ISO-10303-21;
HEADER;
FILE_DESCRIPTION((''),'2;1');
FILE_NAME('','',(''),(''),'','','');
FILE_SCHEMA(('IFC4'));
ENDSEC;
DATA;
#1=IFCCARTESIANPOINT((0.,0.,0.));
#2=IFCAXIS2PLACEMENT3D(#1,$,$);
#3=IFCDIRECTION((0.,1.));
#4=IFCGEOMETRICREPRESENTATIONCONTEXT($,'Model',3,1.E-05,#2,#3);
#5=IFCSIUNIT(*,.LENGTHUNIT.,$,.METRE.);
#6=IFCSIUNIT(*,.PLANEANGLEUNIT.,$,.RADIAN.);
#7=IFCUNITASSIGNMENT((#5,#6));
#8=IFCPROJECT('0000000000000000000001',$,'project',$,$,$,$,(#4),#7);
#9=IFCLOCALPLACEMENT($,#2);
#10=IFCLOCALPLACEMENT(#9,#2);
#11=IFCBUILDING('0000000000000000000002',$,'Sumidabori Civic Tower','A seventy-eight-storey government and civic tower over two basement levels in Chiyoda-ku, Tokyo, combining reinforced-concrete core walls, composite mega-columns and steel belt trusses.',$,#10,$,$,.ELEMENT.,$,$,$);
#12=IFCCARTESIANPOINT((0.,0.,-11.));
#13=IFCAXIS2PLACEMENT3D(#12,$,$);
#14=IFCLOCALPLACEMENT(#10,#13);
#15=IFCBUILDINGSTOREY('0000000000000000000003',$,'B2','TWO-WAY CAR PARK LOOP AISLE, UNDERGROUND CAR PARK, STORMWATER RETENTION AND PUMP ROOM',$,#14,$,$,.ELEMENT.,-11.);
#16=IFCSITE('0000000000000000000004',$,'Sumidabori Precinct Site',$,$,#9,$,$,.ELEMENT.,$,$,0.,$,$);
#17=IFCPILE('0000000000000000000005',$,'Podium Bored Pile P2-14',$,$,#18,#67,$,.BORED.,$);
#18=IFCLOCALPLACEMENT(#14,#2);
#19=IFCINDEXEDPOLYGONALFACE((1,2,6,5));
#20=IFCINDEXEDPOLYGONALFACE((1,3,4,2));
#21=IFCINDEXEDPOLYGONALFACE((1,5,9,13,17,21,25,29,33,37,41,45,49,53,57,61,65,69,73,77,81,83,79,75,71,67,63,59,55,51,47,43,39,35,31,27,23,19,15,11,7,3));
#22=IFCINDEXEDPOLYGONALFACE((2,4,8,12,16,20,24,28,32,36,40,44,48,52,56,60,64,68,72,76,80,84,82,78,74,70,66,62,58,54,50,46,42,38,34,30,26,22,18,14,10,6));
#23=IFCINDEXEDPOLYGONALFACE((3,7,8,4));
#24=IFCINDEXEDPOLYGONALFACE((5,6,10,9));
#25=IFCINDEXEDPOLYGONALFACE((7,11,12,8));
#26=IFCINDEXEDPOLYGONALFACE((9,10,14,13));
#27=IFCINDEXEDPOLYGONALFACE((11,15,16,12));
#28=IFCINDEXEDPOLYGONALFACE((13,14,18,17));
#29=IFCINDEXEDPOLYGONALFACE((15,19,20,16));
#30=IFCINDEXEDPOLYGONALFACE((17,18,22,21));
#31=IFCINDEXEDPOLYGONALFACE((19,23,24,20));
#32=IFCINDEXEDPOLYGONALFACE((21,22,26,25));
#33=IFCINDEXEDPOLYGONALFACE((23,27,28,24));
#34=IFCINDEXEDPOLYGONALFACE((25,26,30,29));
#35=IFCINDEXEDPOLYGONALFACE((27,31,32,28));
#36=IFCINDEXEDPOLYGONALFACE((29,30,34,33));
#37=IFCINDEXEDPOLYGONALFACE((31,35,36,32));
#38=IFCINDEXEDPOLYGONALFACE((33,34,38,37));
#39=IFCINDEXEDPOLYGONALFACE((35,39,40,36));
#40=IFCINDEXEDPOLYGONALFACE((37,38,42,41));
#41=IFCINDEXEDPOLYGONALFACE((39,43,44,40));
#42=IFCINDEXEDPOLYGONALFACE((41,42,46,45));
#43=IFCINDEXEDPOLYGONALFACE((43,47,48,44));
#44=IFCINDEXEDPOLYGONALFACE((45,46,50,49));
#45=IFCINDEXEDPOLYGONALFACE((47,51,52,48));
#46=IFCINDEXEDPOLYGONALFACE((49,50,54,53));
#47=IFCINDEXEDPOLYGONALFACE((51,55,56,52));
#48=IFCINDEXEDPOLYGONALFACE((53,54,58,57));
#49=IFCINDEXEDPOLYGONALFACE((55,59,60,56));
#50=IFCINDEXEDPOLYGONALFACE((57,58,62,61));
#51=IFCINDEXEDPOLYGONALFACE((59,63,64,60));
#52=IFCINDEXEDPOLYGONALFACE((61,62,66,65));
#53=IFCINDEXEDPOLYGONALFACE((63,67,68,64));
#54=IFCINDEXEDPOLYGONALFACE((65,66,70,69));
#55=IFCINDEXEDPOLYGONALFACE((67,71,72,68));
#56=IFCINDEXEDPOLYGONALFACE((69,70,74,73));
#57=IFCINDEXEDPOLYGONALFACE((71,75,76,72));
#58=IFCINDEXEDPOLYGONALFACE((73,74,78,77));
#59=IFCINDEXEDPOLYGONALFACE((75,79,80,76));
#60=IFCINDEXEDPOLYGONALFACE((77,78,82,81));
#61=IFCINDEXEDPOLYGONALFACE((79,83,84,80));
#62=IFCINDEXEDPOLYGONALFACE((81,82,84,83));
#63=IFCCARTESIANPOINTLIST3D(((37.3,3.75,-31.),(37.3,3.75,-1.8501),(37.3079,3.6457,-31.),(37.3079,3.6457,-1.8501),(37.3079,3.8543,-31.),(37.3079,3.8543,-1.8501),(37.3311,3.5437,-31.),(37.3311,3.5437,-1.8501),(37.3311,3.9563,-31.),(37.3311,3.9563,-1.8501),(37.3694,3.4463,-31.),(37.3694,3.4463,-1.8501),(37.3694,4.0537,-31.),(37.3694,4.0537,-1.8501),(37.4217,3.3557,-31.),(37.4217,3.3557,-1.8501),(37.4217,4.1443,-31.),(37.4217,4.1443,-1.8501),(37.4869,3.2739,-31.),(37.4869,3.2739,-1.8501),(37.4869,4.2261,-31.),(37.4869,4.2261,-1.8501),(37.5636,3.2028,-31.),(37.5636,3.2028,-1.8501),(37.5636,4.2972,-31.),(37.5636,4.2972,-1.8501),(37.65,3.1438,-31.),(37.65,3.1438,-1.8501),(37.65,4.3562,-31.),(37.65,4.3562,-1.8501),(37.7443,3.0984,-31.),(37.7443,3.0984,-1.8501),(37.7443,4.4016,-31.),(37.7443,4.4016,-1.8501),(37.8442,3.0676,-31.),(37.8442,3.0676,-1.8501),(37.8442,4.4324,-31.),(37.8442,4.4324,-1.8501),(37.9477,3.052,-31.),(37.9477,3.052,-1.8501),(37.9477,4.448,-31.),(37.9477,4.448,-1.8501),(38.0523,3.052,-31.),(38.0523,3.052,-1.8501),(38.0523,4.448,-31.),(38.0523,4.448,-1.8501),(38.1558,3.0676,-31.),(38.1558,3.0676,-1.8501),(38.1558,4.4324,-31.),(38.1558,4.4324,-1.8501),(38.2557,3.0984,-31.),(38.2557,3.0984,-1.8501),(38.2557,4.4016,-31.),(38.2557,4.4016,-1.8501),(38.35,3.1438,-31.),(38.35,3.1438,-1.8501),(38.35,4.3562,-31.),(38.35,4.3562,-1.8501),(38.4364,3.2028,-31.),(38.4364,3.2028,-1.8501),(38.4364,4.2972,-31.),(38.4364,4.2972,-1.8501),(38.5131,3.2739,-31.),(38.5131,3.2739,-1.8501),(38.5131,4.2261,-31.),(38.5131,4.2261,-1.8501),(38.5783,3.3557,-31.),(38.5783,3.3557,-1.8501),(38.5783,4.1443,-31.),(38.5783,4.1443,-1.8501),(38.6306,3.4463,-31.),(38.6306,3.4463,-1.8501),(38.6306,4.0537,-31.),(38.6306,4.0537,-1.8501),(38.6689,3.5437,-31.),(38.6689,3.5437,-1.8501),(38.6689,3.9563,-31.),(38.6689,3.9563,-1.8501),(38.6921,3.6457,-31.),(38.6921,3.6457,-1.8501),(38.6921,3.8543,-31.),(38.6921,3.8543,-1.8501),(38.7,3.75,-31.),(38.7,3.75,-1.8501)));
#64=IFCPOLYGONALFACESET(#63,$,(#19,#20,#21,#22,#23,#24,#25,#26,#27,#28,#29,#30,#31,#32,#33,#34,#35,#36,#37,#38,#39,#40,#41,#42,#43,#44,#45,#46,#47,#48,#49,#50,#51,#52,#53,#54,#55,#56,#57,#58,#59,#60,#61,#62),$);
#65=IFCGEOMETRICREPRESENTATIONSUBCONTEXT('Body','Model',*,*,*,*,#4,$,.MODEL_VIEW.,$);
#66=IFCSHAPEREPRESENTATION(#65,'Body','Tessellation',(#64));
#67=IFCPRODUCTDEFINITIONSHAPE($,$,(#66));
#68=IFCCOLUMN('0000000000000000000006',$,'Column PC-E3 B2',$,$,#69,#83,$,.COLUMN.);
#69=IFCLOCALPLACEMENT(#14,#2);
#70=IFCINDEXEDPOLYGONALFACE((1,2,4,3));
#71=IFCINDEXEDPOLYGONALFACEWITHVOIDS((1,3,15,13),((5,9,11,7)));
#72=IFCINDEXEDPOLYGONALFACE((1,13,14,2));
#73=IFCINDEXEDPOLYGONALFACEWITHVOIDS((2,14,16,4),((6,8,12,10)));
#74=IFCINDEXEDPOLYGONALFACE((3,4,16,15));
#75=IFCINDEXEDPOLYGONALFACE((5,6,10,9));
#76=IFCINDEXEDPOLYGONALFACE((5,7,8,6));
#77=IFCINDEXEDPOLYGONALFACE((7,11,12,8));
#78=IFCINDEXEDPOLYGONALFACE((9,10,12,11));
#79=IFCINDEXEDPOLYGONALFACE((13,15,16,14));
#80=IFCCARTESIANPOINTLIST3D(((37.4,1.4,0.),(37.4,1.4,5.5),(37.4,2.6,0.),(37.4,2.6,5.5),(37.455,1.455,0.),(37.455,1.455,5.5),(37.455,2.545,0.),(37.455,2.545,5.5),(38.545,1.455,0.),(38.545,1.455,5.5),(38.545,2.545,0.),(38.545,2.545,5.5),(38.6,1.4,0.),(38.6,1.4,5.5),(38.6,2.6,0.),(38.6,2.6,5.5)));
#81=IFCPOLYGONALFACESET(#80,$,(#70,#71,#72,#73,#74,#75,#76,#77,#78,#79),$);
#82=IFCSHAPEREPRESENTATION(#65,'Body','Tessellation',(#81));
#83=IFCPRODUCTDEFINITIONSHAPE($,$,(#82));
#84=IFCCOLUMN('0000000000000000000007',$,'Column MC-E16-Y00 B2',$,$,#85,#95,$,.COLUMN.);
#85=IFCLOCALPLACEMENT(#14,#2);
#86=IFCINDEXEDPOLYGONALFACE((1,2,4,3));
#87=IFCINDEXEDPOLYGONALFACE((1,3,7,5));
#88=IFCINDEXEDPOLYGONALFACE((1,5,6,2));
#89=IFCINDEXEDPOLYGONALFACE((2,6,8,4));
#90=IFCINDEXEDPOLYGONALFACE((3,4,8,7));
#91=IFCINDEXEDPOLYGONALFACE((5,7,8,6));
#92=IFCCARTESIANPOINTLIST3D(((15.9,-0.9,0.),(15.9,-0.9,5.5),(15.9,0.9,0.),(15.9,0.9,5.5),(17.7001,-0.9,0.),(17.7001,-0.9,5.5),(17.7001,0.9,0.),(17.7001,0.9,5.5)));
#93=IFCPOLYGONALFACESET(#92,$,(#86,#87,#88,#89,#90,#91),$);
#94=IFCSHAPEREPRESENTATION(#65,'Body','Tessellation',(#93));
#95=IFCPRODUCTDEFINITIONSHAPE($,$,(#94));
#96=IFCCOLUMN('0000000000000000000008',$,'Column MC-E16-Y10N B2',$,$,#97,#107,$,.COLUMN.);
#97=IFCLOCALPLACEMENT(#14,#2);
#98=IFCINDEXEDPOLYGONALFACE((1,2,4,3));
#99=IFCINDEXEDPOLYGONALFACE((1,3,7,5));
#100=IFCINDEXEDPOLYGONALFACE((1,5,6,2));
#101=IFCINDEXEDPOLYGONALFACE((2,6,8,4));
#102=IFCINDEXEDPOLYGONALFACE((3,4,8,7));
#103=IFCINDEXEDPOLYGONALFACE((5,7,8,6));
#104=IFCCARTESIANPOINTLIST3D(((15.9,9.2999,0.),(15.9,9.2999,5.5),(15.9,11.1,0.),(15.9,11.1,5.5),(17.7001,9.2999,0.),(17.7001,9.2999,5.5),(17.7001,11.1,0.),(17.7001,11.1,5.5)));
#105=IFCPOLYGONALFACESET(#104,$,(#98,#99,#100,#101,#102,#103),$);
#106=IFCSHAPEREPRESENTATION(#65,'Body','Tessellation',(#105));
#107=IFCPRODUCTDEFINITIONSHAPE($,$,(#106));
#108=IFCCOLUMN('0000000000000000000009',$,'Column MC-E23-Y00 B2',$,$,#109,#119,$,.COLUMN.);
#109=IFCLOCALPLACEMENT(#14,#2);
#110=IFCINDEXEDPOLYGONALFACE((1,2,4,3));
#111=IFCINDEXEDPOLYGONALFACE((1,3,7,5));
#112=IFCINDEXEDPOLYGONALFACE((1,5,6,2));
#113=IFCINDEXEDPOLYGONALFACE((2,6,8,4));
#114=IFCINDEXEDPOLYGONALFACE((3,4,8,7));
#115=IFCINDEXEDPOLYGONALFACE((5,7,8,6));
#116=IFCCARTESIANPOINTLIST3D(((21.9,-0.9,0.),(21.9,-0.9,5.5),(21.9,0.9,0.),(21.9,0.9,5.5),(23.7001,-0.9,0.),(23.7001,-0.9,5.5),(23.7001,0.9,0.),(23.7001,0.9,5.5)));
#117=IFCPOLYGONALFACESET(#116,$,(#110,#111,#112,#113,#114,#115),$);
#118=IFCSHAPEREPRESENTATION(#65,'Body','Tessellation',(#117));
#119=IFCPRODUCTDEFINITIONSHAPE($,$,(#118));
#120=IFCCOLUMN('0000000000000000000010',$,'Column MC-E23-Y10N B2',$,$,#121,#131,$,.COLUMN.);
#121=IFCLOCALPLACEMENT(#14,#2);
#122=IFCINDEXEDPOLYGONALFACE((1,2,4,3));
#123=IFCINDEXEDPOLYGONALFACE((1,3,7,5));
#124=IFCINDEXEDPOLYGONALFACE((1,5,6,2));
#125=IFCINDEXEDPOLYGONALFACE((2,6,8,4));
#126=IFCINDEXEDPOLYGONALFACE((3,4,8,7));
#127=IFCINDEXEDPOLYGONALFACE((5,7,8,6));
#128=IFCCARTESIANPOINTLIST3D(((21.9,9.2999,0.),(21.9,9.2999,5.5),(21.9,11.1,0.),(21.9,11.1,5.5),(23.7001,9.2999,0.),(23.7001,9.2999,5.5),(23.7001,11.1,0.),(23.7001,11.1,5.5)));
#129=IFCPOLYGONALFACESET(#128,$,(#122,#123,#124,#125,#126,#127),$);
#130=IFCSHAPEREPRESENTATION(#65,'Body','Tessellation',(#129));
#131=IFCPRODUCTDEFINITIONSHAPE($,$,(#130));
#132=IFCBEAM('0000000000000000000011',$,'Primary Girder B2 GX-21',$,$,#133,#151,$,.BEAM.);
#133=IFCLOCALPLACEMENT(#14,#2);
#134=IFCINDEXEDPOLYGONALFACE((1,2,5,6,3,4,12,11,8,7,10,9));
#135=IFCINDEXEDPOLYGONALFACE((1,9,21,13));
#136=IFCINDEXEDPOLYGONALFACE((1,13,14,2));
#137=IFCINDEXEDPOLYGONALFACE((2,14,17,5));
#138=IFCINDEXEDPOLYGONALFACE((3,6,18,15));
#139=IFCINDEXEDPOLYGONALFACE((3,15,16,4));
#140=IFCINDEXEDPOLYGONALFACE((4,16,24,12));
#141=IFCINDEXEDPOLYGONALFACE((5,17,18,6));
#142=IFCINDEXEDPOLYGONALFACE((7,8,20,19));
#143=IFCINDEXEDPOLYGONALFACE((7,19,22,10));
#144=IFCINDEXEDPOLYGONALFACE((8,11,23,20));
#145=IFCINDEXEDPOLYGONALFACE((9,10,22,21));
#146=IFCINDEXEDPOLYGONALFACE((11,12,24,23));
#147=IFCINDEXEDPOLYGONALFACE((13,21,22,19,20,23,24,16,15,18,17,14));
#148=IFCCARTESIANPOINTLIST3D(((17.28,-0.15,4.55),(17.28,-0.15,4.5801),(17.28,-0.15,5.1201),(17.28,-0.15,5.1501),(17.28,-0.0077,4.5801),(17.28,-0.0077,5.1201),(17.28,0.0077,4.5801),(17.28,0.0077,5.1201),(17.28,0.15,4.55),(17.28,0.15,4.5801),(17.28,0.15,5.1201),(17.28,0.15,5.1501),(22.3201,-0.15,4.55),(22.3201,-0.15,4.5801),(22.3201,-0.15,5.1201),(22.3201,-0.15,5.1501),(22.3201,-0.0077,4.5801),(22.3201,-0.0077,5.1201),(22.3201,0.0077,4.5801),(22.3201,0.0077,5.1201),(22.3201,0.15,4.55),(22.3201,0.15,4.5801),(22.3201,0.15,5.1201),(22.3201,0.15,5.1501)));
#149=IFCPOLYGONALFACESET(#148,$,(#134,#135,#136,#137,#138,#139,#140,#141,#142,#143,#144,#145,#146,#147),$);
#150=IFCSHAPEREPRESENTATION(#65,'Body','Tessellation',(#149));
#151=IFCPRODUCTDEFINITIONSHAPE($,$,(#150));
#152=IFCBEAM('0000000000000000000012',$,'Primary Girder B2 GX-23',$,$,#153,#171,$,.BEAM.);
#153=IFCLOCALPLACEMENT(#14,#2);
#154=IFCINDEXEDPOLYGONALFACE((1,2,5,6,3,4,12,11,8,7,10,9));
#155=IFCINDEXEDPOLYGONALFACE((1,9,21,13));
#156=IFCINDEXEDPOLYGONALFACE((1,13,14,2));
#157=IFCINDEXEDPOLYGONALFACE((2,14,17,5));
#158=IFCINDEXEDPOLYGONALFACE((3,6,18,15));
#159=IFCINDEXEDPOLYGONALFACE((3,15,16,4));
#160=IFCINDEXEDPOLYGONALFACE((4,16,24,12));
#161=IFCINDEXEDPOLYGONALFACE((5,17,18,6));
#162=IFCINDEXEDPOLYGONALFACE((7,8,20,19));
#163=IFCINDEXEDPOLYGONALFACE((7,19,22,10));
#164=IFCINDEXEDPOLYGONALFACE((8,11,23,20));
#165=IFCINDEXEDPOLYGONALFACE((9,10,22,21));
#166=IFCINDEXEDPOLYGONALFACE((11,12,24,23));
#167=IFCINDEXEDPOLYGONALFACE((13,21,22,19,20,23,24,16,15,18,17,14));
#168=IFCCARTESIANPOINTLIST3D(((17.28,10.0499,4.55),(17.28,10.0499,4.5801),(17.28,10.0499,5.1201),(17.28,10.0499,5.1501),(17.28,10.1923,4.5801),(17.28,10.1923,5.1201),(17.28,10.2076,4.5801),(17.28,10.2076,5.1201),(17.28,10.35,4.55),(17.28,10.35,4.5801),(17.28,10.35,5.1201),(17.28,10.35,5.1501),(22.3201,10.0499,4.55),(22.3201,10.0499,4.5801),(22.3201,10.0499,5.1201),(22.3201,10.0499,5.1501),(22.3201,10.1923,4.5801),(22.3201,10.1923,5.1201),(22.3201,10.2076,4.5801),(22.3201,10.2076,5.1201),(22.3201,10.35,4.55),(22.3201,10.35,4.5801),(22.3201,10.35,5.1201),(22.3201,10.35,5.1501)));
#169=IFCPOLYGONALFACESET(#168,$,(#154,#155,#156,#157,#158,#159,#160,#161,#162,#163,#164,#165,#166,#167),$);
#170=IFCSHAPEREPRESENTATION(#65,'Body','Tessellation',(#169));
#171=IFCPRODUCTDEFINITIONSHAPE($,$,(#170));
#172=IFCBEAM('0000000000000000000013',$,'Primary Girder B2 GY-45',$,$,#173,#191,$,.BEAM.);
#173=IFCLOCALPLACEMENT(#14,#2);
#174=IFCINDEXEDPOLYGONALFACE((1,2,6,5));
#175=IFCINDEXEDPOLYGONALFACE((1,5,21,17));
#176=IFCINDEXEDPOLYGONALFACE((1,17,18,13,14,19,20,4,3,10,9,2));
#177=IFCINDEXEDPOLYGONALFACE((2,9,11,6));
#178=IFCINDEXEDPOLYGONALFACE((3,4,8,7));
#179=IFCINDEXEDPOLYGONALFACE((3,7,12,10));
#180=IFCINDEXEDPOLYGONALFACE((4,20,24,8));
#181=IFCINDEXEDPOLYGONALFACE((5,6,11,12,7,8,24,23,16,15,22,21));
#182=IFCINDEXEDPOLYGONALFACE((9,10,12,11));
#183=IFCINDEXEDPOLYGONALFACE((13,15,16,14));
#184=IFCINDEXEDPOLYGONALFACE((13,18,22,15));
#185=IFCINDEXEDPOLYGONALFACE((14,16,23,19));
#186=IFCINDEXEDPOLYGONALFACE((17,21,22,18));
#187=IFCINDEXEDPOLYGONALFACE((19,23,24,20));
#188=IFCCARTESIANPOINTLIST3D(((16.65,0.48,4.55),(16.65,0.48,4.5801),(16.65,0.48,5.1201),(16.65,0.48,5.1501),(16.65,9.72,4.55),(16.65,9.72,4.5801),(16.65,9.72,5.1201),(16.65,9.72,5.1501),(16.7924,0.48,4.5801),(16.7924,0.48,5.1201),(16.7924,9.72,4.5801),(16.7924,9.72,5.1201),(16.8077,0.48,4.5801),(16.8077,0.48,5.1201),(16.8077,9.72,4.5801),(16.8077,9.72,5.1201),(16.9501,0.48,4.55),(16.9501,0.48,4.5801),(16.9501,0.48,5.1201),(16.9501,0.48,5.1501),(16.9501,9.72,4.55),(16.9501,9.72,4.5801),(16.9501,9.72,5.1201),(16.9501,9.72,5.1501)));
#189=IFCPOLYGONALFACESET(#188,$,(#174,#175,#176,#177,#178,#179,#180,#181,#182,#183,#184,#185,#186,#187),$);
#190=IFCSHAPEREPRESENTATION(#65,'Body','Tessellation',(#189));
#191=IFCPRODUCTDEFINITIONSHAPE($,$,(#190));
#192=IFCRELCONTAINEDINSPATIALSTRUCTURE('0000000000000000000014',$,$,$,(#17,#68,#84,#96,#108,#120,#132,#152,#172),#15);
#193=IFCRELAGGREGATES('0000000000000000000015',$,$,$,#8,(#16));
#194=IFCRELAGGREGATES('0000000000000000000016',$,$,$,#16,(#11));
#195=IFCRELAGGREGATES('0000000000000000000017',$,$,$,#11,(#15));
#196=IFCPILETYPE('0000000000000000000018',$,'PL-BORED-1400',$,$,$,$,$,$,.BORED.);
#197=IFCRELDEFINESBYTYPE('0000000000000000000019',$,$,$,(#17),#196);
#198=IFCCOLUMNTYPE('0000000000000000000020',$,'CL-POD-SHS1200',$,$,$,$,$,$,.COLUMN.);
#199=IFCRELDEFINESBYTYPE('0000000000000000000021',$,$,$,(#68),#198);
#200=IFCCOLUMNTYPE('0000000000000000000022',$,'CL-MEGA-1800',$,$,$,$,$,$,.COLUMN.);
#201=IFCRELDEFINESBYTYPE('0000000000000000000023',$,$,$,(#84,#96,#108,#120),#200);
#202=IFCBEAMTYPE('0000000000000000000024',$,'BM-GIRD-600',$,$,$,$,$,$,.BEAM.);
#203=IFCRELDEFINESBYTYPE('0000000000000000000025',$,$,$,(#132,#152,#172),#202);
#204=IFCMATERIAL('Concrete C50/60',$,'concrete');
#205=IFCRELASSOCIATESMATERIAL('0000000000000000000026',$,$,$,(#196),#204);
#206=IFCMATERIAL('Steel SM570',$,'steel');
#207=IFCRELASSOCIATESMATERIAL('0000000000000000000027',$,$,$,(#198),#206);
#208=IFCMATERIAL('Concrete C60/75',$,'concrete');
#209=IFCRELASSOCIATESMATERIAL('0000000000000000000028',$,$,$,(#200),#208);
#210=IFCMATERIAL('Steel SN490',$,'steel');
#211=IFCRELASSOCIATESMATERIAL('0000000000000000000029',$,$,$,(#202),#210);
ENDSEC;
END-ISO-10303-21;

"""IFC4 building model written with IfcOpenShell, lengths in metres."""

from ifc_helpers import new_model, si_unit, direction, frame, origin, origin_2d, place, context, subcontext, project, spatial, rectangle, hollow_rectangle, circle, i_section, extrude, source, transform, mapped, material, material_profile, profile_set, type_object, element, save


model = new_model("IFC4")

# Units and contexts
model_context = context("Model", 3, precision=1e-05, world=origin(), true_north=direction((0.0, 1.0)))
body_context = subcontext(model_context, "Body", "Model", "MODEL_VIEW")
ifc_project = project(units=[si_unit("LENGTHUNIT", "METRE"), si_unit("PLANEANGLEUNIT", "RADIAN")], contexts=[model_context])

# Site, building, storey
site_placement = place(None, origin())
site = spatial("IfcSite", under=ifc_project, at=site_placement, Name="Sumidabori Precinct Site", CompositionType="ELEMENT", RefElevation=0.0)
building_placement = place(site_placement, origin())
building = spatial("IfcBuilding", under=site, at=building_placement, Name="Sumidabori Civic Tower", Description="A seventy-eight-storey government and civic tower over two basement levels in Chiyoda-ku, Tokyo, combining reinforced-concrete core walls, composite mega-columns and steel belt trusses.", CompositionType="ELEMENT")
storey_placement = place(building_placement, frame((0.0, 0.0, -11.0)))
storey = spatial("IfcBuildingStorey", under=building, at=storey_placement, Name="B2", Description="TWO-WAY CAR PARK LOOP AISLE, UNDERGROUND CAR PARK, STORMWATER RETENTION AND PUMP ROOM", CompositionType="ELEMENT", Elevation=-11.0)

# Shared definitions
ifc_material_1 = material(Name="Concrete C50/60", Category="concrete")

# Pile
ifc_material_profile_1 = material_profile(ifc_material_1, circle(Radius=0.7, at=origin_2d()), Name="BORED PILE 1400")
ifc_profile_set_1 = profile_set([ifc_material_profile_1], Name="Concrete C50/60")
pile_type_1 = type_object("IfcPileType", Name="PL-BORED-1400", PredefinedType="BORED", material=ifc_profile_set_1)
shared_shape_1 = source(origin(), body_context, "Body", "SweptSolid", [
    extrude(circle(Radius=0.7, at=origin_2d()), origin(), (0.0, 0.0, 1.0), 29.1499),
])
for number, where, z_axis, x_axis, name in (
    (1, (38.0, 3.75, -1.8501), (0.0, 0.0, -1.0), (1.0, 0.0, 0.0), "Podium Bored Pile P2-14"),
):
    element("IfcPile", number, at=place(storey_placement, frame(where, z_axis=z_axis, x_axis=x_axis)), inside=storey, type_object=pile_type_1, Name=name, PredefinedType="BORED", context=body_context, shape_type="MappedRepresentation", body=[
        mapped(shared_shape_1, transform((0.0, 0.0, 0.0), x_axis=(1.0, 0.0, 0.0), y_axis=(0.0, 1.0, 0.0), z_axis=(0.0, 0.0, 1.0), scale=1.0)),
    ])

# Columns
ifc_material_2 = material(Name="Steel SM570", Category="steel")
ifc_material_profile_2 = material_profile(ifc_material_2, hollow_rectangle(XDim=1.2, YDim=1.2, WallThickness=0.0549, at=origin_2d()), Name="SHS 1200x1200x55")
ifc_profile_set_2 = profile_set([ifc_material_profile_2], Name="Steel SM570")
column_type_1 = type_object("IfcColumnType", Name="CL-POD-SHS1200", PredefinedType="COLUMN", material=ifc_profile_set_2)
shared_shape_2 = source(origin(), body_context, "Body", "SweptSolid", [
    extrude(hollow_rectangle(XDim=1.2, YDim=1.2, WallThickness=0.0549, at=origin_2d()), origin(), (0.0, 0.0, 1.0), 5.5),
])
column_placement = place(storey_placement, frame((38.0, 2.0, 0.0), z_axis=(0.0, 0.0, 1.0), x_axis=(1.0, 0.0, 0.0)))
element("IfcColumn", 2, at=column_placement, inside=storey, type_object=column_type_1, Name="Column PC-E3 B2", PredefinedType="COLUMN", context=body_context, shape_type="MappedRepresentation", body=[
    mapped(shared_shape_2, transform((0.0, 0.0, 0.0), x_axis=(1.0, 0.0, 0.0), y_axis=(0.0, 1.0, 0.0), z_axis=(0.0, 0.0, 1.0), scale=1.0)),
])
ifc_material_3 = material(Name="Concrete C60/75", Category="concrete")
ifc_material_profile_3 = material_profile(ifc_material_3, rectangle(XDim=1.8, YDim=1.8, at=origin_2d()), Name="RC 1800x1800")
ifc_profile_set_3 = profile_set([ifc_material_profile_3], Name="Concrete C60/75")
column_type_2 = type_object("IfcColumnType", Name="CL-MEGA-1800", PredefinedType="COLUMN", material=ifc_profile_set_3)
shared_shape_3 = source(origin(), body_context, "Body", "SweptSolid", [
    extrude(rectangle(XDim=1.8, YDim=1.8, at=origin_2d()), origin(), (0.0, 0.0, 1.0), 5.5),
])
for number, where, z_axis, x_axis, name in (
    (3, (16.8, 0.0, 0.0), (0.0, 0.0, 1.0), (1.0, 0.0, 0.0), "Column MC-E16-Y00 B2"),
    (4, (16.8, 10.2, 0.0), (0.0, 0.0, 1.0), (1.0, 0.0, 0.0), "Column MC-E16-Y10N B2"),
    (5, (22.8, 0.0, 0.0), (0.0, 0.0, 1.0), (1.0, 0.0, 0.0), "Column MC-E23-Y00 B2"),
    (6, (22.8, 10.2, 0.0), (0.0, 0.0, 1.0), (1.0, 0.0, 0.0), "Column MC-E23-Y10N B2"),
):
    element("IfcColumn", number, at=place(storey_placement, frame(where, z_axis=z_axis, x_axis=x_axis)), inside=storey, type_object=column_type_2, Name=name, PredefinedType="COLUMN", context=body_context, shape_type="MappedRepresentation", body=[
        mapped(shared_shape_3, transform((0.0, 0.0, 0.0), x_axis=(1.0, 0.0, 0.0), y_axis=(0.0, 1.0, 0.0), z_axis=(0.0, 0.0, 1.0), scale=1.0)),
    ])

# Beams
ifc_material_4 = material(Name="Steel SN490", Category="steel")
ifc_material_profile_4 = material_profile(ifc_material_4, i_section(OverallWidth=0.3, OverallDepth=0.6001, WebThickness=0.0154, FlangeThickness=0.03, at=origin_2d()), Name="HE 600 B")
ifc_profile_set_4 = profile_set([ifc_material_profile_4], Name="Steel SN490")
beam_type_1 = type_object("IfcBeamType", Name="BM-GIRD-600", PredefinedType="BEAM", material=ifc_profile_set_4)
shared_shape_4 = source(origin(), body_context, "Body", "SweptSolid", [
    extrude(i_section(OverallWidth=0.3, OverallDepth=0.6001, WebThickness=0.0154, FlangeThickness=0.03, at=origin_2d()), origin(), (0.0, 0.0, 1.0), 5.04),
])
for number, where, z_axis, x_axis, name in (
    (7, (17.28, 0.0, 4.8501), (1.0, 0.0, 0.0), (0.0, 1.0, 0.0), "Primary Girder B2 GX-21"),
    (8, (17.28, 10.2, 4.8501), (1.0, 0.0, 0.0), (0.0, 1.0, 0.0), "Primary Girder B2 GX-23"),
):
    element("IfcBeam", number, at=place(storey_placement, frame(where, z_axis=z_axis, x_axis=x_axis)), inside=storey, type_object=beam_type_1, Name=name, PredefinedType="BEAM", context=body_context, shape_type="MappedRepresentation", body=[
        mapped(shared_shape_4, transform((0.0, 0.0, 0.0), x_axis=(1.0, 0.0, 0.0), y_axis=(0.0, 1.0, 0.0), z_axis=(0.0, 0.0, 1.0), scale=1.0)),
    ])
shared_shape_5 = source(origin(), body_context, "Body", "SweptSolid", [
    extrude(i_section(OverallWidth=0.3, OverallDepth=0.6001, WebThickness=0.0154, FlangeThickness=0.03, at=origin_2d()), origin(), (0.0, 0.0, 1.0), 9.24),
])
for number, where, z_axis, x_axis, name in (
    (9, (16.8, 0.48, 4.8501), (0.0, 1.0, 0.0), (-1.0, 0.0, 0.0), "Primary Girder B2 GY-45"),
):
    element("IfcBeam", number, at=place(storey_placement, frame(where, z_axis=z_axis, x_axis=x_axis)), inside=storey, type_object=beam_type_1, Name=name, PredefinedType="BEAM", context=body_context, shape_type="MappedRepresentation", body=[
        mapped(shared_shape_5, transform((0.0, 0.0, 0.0), x_axis=(1.0, 0.0, 0.0), y_axis=(0.0, 1.0, 0.0), z_axis=(0.0, 0.0, 1.0), scale=1.0)),
    ])

save(model, "model.ifc")
